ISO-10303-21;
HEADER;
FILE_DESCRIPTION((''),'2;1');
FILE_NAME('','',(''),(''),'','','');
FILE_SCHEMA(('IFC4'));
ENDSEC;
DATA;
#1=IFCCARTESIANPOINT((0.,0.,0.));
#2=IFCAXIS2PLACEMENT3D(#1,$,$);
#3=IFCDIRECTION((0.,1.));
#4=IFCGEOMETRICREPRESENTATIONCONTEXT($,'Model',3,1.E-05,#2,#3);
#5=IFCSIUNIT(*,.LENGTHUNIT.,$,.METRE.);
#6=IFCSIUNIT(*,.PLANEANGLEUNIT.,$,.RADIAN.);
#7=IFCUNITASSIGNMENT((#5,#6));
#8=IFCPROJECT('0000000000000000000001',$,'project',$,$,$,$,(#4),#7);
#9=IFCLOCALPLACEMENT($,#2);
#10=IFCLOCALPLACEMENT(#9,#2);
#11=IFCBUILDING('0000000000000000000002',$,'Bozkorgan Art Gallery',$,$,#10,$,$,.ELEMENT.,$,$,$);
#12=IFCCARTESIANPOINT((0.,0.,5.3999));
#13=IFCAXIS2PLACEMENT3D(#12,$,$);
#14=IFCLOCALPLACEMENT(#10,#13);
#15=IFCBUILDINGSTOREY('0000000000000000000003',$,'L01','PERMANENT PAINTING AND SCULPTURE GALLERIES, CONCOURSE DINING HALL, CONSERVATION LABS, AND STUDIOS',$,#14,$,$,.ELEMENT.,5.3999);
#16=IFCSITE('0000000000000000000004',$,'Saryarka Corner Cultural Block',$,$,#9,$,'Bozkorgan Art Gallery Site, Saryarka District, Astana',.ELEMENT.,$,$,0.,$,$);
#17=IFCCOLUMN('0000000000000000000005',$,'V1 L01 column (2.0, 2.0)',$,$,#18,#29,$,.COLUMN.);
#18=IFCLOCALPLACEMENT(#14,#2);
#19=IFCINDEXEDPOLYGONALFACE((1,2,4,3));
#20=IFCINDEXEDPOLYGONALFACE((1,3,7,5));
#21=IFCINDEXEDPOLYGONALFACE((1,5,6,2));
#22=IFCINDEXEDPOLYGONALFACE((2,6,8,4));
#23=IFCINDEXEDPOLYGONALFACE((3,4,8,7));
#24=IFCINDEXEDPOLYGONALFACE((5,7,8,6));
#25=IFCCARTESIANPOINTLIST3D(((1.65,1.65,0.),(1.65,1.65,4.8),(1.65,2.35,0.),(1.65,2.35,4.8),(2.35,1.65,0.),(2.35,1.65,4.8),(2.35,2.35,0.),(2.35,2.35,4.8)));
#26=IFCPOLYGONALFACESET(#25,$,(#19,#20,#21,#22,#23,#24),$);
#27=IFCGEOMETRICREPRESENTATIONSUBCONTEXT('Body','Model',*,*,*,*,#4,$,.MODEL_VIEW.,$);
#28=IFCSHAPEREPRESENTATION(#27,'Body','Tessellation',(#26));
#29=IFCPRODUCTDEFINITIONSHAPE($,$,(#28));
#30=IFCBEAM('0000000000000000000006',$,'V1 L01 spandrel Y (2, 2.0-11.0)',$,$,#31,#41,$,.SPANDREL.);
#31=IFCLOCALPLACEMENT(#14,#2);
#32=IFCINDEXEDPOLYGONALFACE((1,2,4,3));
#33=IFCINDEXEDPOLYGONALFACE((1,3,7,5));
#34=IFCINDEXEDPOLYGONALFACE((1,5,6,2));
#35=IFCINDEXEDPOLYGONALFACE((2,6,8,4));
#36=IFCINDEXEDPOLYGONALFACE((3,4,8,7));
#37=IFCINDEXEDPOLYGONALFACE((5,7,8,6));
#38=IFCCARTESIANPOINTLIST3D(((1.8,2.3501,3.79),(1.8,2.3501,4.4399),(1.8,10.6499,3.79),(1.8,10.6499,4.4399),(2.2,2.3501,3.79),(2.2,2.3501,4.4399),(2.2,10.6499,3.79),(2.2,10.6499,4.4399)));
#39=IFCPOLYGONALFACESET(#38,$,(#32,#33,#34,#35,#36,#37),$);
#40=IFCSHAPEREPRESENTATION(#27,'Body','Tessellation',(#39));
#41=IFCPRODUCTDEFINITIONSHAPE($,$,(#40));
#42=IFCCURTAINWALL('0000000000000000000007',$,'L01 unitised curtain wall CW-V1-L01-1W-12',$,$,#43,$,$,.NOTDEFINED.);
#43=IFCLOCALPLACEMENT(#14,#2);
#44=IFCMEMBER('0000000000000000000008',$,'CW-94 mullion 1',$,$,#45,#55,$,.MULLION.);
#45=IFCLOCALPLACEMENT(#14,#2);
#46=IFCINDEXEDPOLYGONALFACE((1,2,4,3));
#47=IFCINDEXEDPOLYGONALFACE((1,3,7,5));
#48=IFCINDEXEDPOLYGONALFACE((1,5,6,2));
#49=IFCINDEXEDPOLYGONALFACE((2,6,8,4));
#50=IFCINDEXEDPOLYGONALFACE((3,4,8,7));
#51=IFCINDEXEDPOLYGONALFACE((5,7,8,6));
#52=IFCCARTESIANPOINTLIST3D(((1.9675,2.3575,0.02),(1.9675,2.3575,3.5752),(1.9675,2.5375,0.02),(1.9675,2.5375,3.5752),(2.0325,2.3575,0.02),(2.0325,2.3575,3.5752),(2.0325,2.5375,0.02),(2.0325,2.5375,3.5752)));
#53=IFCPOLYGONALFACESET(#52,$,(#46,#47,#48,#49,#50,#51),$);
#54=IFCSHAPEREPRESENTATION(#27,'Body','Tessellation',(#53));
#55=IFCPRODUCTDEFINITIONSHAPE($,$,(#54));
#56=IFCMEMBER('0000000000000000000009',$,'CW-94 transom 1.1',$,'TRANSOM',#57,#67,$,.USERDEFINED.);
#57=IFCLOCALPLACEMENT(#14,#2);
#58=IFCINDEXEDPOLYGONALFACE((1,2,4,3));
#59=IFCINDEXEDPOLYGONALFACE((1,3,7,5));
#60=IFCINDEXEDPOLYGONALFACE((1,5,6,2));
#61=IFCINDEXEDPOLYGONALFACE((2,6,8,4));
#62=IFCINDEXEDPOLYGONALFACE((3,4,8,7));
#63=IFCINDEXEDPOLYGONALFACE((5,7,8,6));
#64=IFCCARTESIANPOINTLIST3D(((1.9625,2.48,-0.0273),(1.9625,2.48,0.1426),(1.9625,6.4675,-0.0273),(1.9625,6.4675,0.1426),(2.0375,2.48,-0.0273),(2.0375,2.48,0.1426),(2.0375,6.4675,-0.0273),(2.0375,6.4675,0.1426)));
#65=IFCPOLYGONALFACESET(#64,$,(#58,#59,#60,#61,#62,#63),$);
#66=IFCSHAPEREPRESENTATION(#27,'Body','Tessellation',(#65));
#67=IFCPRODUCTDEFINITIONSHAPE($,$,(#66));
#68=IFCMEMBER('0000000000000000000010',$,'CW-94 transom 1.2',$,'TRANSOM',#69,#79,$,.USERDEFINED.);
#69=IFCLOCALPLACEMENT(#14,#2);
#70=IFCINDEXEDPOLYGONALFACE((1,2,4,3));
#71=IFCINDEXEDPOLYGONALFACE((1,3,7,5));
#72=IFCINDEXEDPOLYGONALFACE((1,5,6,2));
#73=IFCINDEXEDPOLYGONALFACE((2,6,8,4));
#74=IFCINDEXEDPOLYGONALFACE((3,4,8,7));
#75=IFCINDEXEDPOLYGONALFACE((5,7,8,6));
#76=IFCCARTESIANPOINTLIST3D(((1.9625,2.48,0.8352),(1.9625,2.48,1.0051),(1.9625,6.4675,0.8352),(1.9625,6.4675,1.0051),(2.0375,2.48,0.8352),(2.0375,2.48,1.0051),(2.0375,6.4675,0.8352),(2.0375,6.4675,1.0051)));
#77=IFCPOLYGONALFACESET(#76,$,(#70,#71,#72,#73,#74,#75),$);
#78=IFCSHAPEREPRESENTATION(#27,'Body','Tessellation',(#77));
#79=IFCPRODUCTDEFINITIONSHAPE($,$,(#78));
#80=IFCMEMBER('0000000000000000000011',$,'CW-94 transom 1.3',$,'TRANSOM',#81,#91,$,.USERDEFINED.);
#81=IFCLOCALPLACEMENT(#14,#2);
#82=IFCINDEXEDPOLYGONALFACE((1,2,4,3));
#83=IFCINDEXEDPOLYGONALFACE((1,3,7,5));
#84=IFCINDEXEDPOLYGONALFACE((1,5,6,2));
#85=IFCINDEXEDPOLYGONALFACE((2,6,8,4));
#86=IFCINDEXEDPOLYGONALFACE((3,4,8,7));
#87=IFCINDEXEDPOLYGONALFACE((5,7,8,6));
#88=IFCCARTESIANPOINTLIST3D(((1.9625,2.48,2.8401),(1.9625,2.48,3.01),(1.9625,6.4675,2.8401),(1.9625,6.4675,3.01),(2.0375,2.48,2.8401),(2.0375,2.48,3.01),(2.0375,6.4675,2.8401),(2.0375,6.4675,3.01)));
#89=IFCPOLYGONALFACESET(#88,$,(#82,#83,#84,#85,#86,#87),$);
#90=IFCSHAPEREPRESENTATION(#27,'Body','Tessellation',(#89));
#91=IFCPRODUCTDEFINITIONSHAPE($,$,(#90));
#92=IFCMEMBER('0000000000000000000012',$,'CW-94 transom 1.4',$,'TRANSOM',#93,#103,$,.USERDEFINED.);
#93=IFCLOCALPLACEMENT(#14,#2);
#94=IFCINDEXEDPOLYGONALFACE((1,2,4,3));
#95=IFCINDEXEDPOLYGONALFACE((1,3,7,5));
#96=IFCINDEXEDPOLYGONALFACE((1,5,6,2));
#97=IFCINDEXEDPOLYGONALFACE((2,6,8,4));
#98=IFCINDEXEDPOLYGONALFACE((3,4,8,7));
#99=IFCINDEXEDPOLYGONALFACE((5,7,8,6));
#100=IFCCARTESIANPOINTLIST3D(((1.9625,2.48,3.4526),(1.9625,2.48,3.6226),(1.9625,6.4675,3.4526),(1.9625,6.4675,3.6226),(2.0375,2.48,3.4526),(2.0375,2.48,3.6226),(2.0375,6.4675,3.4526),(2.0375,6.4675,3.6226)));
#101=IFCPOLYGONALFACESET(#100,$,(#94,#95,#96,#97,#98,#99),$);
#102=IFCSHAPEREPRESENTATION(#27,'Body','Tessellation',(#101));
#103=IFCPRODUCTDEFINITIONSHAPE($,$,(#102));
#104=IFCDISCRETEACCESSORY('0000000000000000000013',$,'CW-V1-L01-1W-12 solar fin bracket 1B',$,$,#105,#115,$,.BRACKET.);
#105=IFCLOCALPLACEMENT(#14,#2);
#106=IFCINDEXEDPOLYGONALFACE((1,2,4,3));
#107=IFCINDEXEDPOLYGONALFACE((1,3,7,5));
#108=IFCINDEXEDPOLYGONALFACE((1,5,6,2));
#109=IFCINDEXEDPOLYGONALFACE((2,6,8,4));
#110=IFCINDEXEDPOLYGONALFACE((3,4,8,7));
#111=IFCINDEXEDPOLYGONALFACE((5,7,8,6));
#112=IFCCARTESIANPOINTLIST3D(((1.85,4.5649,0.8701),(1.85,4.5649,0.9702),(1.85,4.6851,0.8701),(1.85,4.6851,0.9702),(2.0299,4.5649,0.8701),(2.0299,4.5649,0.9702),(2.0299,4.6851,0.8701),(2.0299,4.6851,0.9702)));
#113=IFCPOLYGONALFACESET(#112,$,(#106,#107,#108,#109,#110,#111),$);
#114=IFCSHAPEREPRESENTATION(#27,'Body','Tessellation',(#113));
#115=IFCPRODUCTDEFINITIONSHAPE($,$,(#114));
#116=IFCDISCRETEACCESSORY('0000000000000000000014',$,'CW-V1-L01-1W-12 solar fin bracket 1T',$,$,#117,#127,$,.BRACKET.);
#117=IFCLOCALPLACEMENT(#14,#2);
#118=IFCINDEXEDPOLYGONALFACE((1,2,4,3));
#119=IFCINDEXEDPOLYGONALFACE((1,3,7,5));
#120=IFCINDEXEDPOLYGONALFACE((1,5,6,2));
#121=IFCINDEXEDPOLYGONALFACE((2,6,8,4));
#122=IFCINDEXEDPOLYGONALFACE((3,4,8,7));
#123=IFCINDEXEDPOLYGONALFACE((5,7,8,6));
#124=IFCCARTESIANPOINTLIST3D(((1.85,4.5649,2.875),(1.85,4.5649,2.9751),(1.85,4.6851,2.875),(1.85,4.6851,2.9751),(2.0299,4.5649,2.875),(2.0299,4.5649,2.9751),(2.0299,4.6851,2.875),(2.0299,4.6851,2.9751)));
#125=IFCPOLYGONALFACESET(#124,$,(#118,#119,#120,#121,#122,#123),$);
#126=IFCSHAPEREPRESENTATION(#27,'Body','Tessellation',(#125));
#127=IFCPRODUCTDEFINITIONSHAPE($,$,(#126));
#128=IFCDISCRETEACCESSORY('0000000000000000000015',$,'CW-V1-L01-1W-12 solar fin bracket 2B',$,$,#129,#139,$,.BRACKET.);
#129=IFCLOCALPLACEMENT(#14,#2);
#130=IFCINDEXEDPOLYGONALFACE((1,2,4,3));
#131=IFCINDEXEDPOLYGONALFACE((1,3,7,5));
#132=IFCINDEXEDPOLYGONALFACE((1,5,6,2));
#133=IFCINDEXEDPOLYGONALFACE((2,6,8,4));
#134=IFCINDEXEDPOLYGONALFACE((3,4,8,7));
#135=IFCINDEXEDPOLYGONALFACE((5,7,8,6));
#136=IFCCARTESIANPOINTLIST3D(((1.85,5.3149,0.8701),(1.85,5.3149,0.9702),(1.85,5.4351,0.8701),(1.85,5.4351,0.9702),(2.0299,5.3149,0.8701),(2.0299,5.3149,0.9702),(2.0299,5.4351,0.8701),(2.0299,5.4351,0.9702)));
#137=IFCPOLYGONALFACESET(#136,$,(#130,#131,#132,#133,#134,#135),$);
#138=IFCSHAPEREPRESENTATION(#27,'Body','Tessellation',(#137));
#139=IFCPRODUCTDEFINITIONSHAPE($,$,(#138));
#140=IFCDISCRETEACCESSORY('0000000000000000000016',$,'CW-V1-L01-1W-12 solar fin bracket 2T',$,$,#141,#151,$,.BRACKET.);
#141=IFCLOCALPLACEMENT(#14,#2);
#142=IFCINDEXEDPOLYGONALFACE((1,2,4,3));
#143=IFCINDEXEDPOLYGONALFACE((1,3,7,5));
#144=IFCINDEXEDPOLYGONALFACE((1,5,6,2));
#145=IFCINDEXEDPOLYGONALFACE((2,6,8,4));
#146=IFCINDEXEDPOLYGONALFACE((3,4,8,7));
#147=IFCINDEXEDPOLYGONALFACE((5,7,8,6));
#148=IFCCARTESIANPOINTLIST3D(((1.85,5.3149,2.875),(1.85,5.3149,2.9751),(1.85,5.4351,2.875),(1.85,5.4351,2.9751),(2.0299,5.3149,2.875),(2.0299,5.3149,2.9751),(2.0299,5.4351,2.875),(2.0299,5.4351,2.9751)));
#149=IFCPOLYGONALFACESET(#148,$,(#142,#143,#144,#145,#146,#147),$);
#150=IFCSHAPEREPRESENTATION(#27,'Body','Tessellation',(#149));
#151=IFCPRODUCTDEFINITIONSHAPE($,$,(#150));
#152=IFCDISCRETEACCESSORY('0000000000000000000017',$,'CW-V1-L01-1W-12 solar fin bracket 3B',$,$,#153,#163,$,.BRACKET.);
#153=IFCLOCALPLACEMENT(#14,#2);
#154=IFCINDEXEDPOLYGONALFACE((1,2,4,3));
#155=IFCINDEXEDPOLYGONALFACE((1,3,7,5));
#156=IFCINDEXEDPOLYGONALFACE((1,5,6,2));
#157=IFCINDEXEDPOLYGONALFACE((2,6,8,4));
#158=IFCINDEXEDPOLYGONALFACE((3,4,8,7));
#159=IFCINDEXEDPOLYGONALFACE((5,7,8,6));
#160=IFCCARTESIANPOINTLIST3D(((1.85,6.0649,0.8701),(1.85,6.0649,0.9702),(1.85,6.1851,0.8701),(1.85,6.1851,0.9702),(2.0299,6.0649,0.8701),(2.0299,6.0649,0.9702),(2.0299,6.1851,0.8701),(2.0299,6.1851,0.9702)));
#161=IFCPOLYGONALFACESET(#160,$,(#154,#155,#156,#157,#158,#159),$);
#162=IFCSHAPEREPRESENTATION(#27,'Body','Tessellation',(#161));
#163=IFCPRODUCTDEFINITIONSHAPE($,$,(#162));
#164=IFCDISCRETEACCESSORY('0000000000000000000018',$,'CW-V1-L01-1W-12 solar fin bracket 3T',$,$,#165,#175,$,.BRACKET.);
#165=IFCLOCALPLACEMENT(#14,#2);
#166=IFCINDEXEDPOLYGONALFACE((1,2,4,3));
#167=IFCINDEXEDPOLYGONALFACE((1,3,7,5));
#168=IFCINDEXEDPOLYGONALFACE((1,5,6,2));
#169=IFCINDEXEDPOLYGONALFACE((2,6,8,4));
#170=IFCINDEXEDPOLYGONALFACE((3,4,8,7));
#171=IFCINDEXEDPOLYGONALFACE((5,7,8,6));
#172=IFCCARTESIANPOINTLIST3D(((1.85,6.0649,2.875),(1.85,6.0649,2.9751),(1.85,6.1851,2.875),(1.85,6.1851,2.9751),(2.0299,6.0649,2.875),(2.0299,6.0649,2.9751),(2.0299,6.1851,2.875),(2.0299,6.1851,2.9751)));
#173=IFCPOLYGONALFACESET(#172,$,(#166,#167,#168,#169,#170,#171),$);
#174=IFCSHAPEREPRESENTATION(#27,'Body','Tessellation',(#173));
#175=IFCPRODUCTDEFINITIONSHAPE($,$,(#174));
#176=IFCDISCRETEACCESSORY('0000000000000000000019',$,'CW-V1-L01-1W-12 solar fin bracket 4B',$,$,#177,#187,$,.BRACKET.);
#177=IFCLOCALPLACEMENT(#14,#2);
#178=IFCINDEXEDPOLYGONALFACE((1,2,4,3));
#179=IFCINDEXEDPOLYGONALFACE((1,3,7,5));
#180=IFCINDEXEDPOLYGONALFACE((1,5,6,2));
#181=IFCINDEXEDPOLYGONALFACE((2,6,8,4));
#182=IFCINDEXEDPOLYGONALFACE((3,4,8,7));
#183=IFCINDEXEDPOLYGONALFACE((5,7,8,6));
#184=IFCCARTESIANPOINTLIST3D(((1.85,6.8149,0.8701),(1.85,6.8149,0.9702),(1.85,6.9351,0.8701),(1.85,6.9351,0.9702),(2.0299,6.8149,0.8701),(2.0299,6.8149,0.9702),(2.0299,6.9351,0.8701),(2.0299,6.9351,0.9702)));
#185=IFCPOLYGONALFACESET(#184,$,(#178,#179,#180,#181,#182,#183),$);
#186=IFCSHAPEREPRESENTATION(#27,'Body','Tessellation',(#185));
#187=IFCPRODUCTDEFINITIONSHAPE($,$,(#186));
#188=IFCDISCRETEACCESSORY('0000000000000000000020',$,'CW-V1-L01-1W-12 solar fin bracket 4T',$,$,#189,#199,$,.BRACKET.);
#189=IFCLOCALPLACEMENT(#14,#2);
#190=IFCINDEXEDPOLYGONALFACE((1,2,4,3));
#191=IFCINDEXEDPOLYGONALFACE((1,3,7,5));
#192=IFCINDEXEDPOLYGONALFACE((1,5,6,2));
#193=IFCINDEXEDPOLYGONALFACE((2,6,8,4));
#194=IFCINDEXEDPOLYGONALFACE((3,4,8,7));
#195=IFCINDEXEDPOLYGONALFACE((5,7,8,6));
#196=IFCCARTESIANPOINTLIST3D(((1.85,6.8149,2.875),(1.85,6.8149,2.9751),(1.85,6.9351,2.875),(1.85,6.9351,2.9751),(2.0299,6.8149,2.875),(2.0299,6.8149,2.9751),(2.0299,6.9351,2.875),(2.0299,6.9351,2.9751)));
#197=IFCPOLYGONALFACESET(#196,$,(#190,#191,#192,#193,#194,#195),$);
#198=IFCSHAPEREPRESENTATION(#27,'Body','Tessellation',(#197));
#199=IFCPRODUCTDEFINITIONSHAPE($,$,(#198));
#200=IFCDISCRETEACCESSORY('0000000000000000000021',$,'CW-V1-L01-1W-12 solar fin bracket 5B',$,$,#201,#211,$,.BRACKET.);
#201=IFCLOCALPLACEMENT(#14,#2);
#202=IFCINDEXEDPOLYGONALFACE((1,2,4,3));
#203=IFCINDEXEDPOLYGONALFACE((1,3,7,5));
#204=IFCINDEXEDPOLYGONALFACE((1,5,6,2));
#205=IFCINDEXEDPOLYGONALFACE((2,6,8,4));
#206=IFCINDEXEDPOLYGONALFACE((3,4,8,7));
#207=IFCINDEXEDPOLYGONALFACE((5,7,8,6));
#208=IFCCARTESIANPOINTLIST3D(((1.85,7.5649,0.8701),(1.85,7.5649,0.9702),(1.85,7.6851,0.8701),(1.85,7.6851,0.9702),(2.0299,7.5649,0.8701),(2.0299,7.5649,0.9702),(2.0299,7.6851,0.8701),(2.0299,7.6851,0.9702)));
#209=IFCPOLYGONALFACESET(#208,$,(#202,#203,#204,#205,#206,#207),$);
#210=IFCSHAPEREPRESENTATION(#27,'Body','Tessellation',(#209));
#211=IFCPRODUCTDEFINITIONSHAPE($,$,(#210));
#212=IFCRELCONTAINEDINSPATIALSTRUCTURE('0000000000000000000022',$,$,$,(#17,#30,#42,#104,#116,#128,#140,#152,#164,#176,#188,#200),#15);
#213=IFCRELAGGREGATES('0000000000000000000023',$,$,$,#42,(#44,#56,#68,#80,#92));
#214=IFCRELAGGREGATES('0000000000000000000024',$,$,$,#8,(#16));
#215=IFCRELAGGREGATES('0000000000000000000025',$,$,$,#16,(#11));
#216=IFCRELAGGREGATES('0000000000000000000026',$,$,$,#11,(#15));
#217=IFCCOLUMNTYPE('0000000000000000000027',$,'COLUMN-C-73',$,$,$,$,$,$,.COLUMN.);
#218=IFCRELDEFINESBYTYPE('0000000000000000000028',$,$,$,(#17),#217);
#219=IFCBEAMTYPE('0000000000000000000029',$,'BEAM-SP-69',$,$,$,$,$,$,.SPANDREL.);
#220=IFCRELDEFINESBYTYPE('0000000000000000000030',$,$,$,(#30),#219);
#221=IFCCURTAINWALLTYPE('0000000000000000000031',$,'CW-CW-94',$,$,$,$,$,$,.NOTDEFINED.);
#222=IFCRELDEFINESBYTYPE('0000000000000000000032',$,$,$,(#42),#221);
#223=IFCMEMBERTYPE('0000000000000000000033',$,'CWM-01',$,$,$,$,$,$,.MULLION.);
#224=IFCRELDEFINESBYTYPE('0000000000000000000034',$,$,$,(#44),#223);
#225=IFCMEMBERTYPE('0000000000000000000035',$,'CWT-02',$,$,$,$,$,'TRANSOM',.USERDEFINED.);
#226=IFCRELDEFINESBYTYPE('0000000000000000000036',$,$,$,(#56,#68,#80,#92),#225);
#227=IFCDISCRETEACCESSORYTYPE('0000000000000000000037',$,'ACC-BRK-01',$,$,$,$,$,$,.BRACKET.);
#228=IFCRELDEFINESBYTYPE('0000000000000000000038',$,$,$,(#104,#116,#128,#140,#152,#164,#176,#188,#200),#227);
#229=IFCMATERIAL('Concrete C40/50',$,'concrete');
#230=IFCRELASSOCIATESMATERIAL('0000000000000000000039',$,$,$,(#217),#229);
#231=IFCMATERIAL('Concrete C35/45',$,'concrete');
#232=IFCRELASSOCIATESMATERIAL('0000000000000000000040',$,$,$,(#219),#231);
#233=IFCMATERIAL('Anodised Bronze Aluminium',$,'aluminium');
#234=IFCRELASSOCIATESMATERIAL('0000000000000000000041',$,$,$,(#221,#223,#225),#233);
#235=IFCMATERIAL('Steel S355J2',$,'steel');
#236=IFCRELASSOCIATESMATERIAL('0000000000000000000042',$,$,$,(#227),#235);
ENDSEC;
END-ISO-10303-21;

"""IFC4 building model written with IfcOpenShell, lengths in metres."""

from ifc_helpers import new_model, si_unit, direction, frame, origin, origin_2d, place, context, subcontext, project, spatial, rectangle, extrude, material, material_profile, profile_set, type_object, element, aggregate, save


model = new_model("IFC4")

# Units and contexts
model_context = context("Model", 3, precision=1e-05, world=origin(), true_north=direction((0.0, 1.0)))
body_context = subcontext(model_context, "Body", "Model", "MODEL_VIEW")
ifc_project = project(units=[si_unit("LENGTHUNIT", "METRE"), si_unit("PLANEANGLEUNIT", "RADIAN")], contexts=[model_context])

# Site, building, storey
site_placement = place(None, origin())
site = spatial("IfcSite", under=ifc_project, at=site_placement, Name="Saryarka Corner Cultural Block", LongName="Bozkorgan Art Gallery Site, Saryarka District, Astana", CompositionType="ELEMENT", RefElevation=0.0)
building_placement = place(site_placement, origin())
building = spatial("IfcBuilding", under=site, at=building_placement, Name="Bozkorgan Art Gallery", CompositionType="ELEMENT")
storey_placement = place(building_placement, frame((0.0, 0.0, 5.3999)))
storey = spatial("IfcBuildingStorey", under=building, at=storey_placement, Name="L01", Description="PERMANENT PAINTING AND SCULPTURE GALLERIES, CONCOURSE DINING HALL, CONSERVATION LABS, AND STUDIOS", CompositionType="ELEMENT", Elevation=5.3999)

# Column
ifc_material_1 = material(Name="Concrete C40/50", Category="concrete")
ifc_material_profile_1 = material_profile(ifc_material_1, rectangle(XDim=0.7, YDim=0.7, at=origin_2d()), Name="RC 700x700")
ifc_profile_set_1 = profile_set([ifc_material_profile_1], Name="Concrete C40/50")
column_type = type_object("IfcColumnType", Name="COLUMN-C-73", PredefinedType="COLUMN", material=ifc_profile_set_1)
column_placement = place(storey_placement, frame((2.0, 2.0, 0.0), z_axis=(0.0, 0.0, 1.0), x_axis=(1.0, 0.0, 0.0)))
element("IfcColumn", 1, at=column_placement, inside=storey, type_object=column_type, Name="V1 L01 column (2.0, 2.0)", PredefinedType="COLUMN", context=body_context, shape_type="SweptSolid", body=[
    extrude(rectangle(XDim=0.7, YDim=0.7, at=origin_2d()), origin(), (0.0, 0.0, 1.0), 4.8),
])

# Beam
ifc_material_2 = material(Name="Concrete C35/45", Category="concrete")
ifc_material_profile_2 = material_profile(ifc_material_2, rectangle(XDim=0.3999, YDim=0.6499, at=origin_2d()), Name="RC 400x650")
ifc_profile_set_2 = profile_set([ifc_material_profile_2], Name="Concrete C35/45")
beam_type = type_object("IfcBeamType", Name="BEAM-SP-69", PredefinedType="SPANDREL", material=ifc_profile_set_2)
beam_placement = place(storey_placement, frame((2.0, 2.3501, 4.115), z_axis=(0.0, 1.0, 0.0), x_axis=(-1.0, 0.0, 0.0)))
element("IfcBeam", 2, at=beam_placement, inside=storey, type_object=beam_type, Name="V1 L01 spandrel Y (2, 2.0-11.0)", PredefinedType="SPANDREL", context=body_context, shape_type="SweptSolid", body=[
    extrude(rectangle(XDim=0.3999, YDim=0.6499, at=origin_2d()), origin(), (0.0, 0.0, 1.0), 8.2998),
])

# Curtain wall, members
ifc_material_3 = material(Name="Anodised Bronze Aluminium", Category="aluminium")
curtain_wall_type = type_object("IfcCurtainWallType", Name="CW-CW-94", PredefinedType="NOTDEFINED", material=ifc_material_3)
curtain_wall_placement = place(storey_placement, origin())
curtain_wall = element("IfcCurtainWall", 3, at=curtain_wall_placement, inside=storey, type_object=curtain_wall_type, Name="L01 unitised curtain wall CW-V1-L01-1W-12", PredefinedType="NOTDEFINED")
ifc_material_profile_3 = material_profile(ifc_material_3, rectangle(XDim=0.0649, YDim=0.1799, at=origin_2d()), Name="ALU MULLION 65x180")
ifc_profile_set_3 = profile_set([ifc_material_profile_3], Name="Anodised Bronze Aluminium")
member_type_1 = type_object("IfcMemberType", Name="CWM-01", PredefinedType="MULLION", material=ifc_profile_set_3)
member_1_placement = place(storey_placement, frame((2.0, 2.4475, 0.02), z_axis=(0.0, 0.0, 1.0), x_axis=(-1.0, 0.0, 0.0)))
member_1 = element("IfcMember", 4, at=member_1_placement, type_object=member_type_1, Name="CW-94 mullion 1", PredefinedType="MULLION", context=body_context, shape_type="SweptSolid", body=[
    extrude(rectangle(XDim=0.0649, YDim=0.1799, at=origin_2d()), origin(), (0.0, 0.0, 1.0), 3.5552),
])
ifc_material_profile_4 = material_profile(ifc_material_3, rectangle(XDim=0.075, YDim=0.1699, at=origin_2d()), Name="ALU TRANSOM 75x170")
ifc_profile_set_4 = profile_set([ifc_material_profile_4], Name="Anodised Bronze Aluminium")
member_type_2 = type_object("IfcMemberType", Name="CWT-02", ElementType="TRANSOM", PredefinedType="USERDEFINED", material=ifc_profile_set_4)
member_2_placement = place(storey_placement, frame((2.0, 2.48, 0.0576), z_axis=(0.0, 1.0, 0.0), x_axis=(-1.0, 0.0, 0.0)))
member_2 = element("IfcMember", 5, at=member_2_placement, type_object=member_type_2, Name="CW-94 transom 1.1", ObjectType="TRANSOM", PredefinedType="USERDEFINED", context=body_context, shape_type="SweptSolid", body=[
    extrude(rectangle(XDim=0.075, YDim=0.1699, at=origin_2d()), origin(), (0.0, 0.0, 1.0), 3.9875),
])
member_3_placement = place(storey_placement, frame((2.0, 2.48, 0.9202), z_axis=(0.0, 1.0, 0.0), x_axis=(-1.0, 0.0, 0.0)))
member_3 = element("IfcMember", 6, at=member_3_placement, type_object=member_type_2, Name="CW-94 transom 1.2", ObjectType="TRANSOM", PredefinedType="USERDEFINED", context=body_context, shape_type="SweptSolid", body=[
    extrude(rectangle(XDim=0.075, YDim=0.1699, at=origin_2d()), origin(), (0.0, 0.0, 1.0), 3.9875),
])
member_4_placement = place(storey_placement, frame((2.0, 2.48, 2.925), z_axis=(0.0, 1.0, 0.0), x_axis=(-1.0, 0.0, 0.0)))
member_4 = element("IfcMember", 7, at=member_4_placement, type_object=member_type_2, Name="CW-94 transom 1.3", ObjectType="TRANSOM", PredefinedType="USERDEFINED", context=body_context, shape_type="SweptSolid", body=[
    extrude(rectangle(XDim=0.075, YDim=0.1699, at=origin_2d()), origin(), (0.0, 0.0, 1.0), 3.9875),
])
member_5_placement = place(storey_placement, frame((2.0, 2.48, 3.5376), z_axis=(0.0, 1.0, 0.0), x_axis=(-1.0, 0.0, 0.0)))
member_5 = element("IfcMember", 8, at=member_5_placement, type_object=member_type_2, Name="CW-94 transom 1.4", ObjectType="TRANSOM", PredefinedType="USERDEFINED", context=body_context, shape_type="SweptSolid", body=[
    extrude(rectangle(XDim=0.075, YDim=0.1699, at=origin_2d()), origin(), (0.0, 0.0, 1.0), 3.9875),
])
aggregate(curtain_wall, [member_1, member_2, member_3, member_4, member_5])

# Discrete accessories
ifc_material_4 = material(Name="Steel S355J2", Category="steel")
discrete_accessory_type = type_object("IfcDiscreteAccessoryType", Name="ACC-BRK-01", PredefinedType="BRACKET", material=ifc_material_4)
for number, where, z_axis, x_axis, name in (
    (9, (1.9399, 4.625, 0.8701), (0.0, 0.0, 1.0), (-1.0, 0.0, 0.0), "CW-V1-L01-1W-12 solar fin bracket 1B"),
    (10, (1.9399, 4.625, 2.875), (0.0, 0.0, 1.0), (-1.0, 0.0, 0.0), "CW-V1-L01-1W-12 solar fin bracket 1T"),
    (11, (1.9399, 5.375, 0.8701), (0.0, 0.0, 1.0), (-1.0, 0.0, 0.0), "CW-V1-L01-1W-12 solar fin bracket 2B"),
    (12, (1.9399, 5.375, 2.875), (0.0, 0.0, 1.0), (-1.0, 0.0, 0.0), "CW-V1-L01-1W-12 solar fin bracket 2T"),
    (13, (1.9399, 6.125, 0.8701), (0.0, 0.0, 1.0), (-1.0, 0.0, 0.0), "CW-V1-L01-1W-12 solar fin bracket 3B"),
    (14, (1.9399, 6.125, 2.875), (0.0, 0.0, 1.0), (-1.0, 0.0, 0.0), "CW-V1-L01-1W-12 solar fin bracket 3T"),
    (15, (1.9399, 6.875, 0.8701), (0.0, 0.0, 1.0), (-1.0, 0.0, 0.0), "CW-V1-L01-1W-12 solar fin bracket 4B"),
    (16, (1.9399, 6.875, 2.875), (0.0, 0.0, 1.0), (-1.0, 0.0, 0.0), "CW-V1-L01-1W-12 solar fin bracket 4T"),
    (17, (1.9399, 7.625, 0.8701), (0.0, 0.0, 1.0), (-1.0, 0.0, 0.0), "CW-V1-L01-1W-12 solar fin bracket 5B"),
):
    element("IfcDiscreteAccessory", number, at=place(storey_placement, frame(where, z_axis=z_axis, x_axis=x_axis)), inside=storey, type_object=discrete_accessory_type, Name=name, PredefinedType="BRACKET", context=body_context, shape_type="SweptSolid", body=[
        extrude(rectangle(XDim=0.1799, YDim=0.1201, at=origin_2d()), origin(), (0.0, 0.0, 1.0), 0.1001),
    ])

save(model, "model.ifc")
